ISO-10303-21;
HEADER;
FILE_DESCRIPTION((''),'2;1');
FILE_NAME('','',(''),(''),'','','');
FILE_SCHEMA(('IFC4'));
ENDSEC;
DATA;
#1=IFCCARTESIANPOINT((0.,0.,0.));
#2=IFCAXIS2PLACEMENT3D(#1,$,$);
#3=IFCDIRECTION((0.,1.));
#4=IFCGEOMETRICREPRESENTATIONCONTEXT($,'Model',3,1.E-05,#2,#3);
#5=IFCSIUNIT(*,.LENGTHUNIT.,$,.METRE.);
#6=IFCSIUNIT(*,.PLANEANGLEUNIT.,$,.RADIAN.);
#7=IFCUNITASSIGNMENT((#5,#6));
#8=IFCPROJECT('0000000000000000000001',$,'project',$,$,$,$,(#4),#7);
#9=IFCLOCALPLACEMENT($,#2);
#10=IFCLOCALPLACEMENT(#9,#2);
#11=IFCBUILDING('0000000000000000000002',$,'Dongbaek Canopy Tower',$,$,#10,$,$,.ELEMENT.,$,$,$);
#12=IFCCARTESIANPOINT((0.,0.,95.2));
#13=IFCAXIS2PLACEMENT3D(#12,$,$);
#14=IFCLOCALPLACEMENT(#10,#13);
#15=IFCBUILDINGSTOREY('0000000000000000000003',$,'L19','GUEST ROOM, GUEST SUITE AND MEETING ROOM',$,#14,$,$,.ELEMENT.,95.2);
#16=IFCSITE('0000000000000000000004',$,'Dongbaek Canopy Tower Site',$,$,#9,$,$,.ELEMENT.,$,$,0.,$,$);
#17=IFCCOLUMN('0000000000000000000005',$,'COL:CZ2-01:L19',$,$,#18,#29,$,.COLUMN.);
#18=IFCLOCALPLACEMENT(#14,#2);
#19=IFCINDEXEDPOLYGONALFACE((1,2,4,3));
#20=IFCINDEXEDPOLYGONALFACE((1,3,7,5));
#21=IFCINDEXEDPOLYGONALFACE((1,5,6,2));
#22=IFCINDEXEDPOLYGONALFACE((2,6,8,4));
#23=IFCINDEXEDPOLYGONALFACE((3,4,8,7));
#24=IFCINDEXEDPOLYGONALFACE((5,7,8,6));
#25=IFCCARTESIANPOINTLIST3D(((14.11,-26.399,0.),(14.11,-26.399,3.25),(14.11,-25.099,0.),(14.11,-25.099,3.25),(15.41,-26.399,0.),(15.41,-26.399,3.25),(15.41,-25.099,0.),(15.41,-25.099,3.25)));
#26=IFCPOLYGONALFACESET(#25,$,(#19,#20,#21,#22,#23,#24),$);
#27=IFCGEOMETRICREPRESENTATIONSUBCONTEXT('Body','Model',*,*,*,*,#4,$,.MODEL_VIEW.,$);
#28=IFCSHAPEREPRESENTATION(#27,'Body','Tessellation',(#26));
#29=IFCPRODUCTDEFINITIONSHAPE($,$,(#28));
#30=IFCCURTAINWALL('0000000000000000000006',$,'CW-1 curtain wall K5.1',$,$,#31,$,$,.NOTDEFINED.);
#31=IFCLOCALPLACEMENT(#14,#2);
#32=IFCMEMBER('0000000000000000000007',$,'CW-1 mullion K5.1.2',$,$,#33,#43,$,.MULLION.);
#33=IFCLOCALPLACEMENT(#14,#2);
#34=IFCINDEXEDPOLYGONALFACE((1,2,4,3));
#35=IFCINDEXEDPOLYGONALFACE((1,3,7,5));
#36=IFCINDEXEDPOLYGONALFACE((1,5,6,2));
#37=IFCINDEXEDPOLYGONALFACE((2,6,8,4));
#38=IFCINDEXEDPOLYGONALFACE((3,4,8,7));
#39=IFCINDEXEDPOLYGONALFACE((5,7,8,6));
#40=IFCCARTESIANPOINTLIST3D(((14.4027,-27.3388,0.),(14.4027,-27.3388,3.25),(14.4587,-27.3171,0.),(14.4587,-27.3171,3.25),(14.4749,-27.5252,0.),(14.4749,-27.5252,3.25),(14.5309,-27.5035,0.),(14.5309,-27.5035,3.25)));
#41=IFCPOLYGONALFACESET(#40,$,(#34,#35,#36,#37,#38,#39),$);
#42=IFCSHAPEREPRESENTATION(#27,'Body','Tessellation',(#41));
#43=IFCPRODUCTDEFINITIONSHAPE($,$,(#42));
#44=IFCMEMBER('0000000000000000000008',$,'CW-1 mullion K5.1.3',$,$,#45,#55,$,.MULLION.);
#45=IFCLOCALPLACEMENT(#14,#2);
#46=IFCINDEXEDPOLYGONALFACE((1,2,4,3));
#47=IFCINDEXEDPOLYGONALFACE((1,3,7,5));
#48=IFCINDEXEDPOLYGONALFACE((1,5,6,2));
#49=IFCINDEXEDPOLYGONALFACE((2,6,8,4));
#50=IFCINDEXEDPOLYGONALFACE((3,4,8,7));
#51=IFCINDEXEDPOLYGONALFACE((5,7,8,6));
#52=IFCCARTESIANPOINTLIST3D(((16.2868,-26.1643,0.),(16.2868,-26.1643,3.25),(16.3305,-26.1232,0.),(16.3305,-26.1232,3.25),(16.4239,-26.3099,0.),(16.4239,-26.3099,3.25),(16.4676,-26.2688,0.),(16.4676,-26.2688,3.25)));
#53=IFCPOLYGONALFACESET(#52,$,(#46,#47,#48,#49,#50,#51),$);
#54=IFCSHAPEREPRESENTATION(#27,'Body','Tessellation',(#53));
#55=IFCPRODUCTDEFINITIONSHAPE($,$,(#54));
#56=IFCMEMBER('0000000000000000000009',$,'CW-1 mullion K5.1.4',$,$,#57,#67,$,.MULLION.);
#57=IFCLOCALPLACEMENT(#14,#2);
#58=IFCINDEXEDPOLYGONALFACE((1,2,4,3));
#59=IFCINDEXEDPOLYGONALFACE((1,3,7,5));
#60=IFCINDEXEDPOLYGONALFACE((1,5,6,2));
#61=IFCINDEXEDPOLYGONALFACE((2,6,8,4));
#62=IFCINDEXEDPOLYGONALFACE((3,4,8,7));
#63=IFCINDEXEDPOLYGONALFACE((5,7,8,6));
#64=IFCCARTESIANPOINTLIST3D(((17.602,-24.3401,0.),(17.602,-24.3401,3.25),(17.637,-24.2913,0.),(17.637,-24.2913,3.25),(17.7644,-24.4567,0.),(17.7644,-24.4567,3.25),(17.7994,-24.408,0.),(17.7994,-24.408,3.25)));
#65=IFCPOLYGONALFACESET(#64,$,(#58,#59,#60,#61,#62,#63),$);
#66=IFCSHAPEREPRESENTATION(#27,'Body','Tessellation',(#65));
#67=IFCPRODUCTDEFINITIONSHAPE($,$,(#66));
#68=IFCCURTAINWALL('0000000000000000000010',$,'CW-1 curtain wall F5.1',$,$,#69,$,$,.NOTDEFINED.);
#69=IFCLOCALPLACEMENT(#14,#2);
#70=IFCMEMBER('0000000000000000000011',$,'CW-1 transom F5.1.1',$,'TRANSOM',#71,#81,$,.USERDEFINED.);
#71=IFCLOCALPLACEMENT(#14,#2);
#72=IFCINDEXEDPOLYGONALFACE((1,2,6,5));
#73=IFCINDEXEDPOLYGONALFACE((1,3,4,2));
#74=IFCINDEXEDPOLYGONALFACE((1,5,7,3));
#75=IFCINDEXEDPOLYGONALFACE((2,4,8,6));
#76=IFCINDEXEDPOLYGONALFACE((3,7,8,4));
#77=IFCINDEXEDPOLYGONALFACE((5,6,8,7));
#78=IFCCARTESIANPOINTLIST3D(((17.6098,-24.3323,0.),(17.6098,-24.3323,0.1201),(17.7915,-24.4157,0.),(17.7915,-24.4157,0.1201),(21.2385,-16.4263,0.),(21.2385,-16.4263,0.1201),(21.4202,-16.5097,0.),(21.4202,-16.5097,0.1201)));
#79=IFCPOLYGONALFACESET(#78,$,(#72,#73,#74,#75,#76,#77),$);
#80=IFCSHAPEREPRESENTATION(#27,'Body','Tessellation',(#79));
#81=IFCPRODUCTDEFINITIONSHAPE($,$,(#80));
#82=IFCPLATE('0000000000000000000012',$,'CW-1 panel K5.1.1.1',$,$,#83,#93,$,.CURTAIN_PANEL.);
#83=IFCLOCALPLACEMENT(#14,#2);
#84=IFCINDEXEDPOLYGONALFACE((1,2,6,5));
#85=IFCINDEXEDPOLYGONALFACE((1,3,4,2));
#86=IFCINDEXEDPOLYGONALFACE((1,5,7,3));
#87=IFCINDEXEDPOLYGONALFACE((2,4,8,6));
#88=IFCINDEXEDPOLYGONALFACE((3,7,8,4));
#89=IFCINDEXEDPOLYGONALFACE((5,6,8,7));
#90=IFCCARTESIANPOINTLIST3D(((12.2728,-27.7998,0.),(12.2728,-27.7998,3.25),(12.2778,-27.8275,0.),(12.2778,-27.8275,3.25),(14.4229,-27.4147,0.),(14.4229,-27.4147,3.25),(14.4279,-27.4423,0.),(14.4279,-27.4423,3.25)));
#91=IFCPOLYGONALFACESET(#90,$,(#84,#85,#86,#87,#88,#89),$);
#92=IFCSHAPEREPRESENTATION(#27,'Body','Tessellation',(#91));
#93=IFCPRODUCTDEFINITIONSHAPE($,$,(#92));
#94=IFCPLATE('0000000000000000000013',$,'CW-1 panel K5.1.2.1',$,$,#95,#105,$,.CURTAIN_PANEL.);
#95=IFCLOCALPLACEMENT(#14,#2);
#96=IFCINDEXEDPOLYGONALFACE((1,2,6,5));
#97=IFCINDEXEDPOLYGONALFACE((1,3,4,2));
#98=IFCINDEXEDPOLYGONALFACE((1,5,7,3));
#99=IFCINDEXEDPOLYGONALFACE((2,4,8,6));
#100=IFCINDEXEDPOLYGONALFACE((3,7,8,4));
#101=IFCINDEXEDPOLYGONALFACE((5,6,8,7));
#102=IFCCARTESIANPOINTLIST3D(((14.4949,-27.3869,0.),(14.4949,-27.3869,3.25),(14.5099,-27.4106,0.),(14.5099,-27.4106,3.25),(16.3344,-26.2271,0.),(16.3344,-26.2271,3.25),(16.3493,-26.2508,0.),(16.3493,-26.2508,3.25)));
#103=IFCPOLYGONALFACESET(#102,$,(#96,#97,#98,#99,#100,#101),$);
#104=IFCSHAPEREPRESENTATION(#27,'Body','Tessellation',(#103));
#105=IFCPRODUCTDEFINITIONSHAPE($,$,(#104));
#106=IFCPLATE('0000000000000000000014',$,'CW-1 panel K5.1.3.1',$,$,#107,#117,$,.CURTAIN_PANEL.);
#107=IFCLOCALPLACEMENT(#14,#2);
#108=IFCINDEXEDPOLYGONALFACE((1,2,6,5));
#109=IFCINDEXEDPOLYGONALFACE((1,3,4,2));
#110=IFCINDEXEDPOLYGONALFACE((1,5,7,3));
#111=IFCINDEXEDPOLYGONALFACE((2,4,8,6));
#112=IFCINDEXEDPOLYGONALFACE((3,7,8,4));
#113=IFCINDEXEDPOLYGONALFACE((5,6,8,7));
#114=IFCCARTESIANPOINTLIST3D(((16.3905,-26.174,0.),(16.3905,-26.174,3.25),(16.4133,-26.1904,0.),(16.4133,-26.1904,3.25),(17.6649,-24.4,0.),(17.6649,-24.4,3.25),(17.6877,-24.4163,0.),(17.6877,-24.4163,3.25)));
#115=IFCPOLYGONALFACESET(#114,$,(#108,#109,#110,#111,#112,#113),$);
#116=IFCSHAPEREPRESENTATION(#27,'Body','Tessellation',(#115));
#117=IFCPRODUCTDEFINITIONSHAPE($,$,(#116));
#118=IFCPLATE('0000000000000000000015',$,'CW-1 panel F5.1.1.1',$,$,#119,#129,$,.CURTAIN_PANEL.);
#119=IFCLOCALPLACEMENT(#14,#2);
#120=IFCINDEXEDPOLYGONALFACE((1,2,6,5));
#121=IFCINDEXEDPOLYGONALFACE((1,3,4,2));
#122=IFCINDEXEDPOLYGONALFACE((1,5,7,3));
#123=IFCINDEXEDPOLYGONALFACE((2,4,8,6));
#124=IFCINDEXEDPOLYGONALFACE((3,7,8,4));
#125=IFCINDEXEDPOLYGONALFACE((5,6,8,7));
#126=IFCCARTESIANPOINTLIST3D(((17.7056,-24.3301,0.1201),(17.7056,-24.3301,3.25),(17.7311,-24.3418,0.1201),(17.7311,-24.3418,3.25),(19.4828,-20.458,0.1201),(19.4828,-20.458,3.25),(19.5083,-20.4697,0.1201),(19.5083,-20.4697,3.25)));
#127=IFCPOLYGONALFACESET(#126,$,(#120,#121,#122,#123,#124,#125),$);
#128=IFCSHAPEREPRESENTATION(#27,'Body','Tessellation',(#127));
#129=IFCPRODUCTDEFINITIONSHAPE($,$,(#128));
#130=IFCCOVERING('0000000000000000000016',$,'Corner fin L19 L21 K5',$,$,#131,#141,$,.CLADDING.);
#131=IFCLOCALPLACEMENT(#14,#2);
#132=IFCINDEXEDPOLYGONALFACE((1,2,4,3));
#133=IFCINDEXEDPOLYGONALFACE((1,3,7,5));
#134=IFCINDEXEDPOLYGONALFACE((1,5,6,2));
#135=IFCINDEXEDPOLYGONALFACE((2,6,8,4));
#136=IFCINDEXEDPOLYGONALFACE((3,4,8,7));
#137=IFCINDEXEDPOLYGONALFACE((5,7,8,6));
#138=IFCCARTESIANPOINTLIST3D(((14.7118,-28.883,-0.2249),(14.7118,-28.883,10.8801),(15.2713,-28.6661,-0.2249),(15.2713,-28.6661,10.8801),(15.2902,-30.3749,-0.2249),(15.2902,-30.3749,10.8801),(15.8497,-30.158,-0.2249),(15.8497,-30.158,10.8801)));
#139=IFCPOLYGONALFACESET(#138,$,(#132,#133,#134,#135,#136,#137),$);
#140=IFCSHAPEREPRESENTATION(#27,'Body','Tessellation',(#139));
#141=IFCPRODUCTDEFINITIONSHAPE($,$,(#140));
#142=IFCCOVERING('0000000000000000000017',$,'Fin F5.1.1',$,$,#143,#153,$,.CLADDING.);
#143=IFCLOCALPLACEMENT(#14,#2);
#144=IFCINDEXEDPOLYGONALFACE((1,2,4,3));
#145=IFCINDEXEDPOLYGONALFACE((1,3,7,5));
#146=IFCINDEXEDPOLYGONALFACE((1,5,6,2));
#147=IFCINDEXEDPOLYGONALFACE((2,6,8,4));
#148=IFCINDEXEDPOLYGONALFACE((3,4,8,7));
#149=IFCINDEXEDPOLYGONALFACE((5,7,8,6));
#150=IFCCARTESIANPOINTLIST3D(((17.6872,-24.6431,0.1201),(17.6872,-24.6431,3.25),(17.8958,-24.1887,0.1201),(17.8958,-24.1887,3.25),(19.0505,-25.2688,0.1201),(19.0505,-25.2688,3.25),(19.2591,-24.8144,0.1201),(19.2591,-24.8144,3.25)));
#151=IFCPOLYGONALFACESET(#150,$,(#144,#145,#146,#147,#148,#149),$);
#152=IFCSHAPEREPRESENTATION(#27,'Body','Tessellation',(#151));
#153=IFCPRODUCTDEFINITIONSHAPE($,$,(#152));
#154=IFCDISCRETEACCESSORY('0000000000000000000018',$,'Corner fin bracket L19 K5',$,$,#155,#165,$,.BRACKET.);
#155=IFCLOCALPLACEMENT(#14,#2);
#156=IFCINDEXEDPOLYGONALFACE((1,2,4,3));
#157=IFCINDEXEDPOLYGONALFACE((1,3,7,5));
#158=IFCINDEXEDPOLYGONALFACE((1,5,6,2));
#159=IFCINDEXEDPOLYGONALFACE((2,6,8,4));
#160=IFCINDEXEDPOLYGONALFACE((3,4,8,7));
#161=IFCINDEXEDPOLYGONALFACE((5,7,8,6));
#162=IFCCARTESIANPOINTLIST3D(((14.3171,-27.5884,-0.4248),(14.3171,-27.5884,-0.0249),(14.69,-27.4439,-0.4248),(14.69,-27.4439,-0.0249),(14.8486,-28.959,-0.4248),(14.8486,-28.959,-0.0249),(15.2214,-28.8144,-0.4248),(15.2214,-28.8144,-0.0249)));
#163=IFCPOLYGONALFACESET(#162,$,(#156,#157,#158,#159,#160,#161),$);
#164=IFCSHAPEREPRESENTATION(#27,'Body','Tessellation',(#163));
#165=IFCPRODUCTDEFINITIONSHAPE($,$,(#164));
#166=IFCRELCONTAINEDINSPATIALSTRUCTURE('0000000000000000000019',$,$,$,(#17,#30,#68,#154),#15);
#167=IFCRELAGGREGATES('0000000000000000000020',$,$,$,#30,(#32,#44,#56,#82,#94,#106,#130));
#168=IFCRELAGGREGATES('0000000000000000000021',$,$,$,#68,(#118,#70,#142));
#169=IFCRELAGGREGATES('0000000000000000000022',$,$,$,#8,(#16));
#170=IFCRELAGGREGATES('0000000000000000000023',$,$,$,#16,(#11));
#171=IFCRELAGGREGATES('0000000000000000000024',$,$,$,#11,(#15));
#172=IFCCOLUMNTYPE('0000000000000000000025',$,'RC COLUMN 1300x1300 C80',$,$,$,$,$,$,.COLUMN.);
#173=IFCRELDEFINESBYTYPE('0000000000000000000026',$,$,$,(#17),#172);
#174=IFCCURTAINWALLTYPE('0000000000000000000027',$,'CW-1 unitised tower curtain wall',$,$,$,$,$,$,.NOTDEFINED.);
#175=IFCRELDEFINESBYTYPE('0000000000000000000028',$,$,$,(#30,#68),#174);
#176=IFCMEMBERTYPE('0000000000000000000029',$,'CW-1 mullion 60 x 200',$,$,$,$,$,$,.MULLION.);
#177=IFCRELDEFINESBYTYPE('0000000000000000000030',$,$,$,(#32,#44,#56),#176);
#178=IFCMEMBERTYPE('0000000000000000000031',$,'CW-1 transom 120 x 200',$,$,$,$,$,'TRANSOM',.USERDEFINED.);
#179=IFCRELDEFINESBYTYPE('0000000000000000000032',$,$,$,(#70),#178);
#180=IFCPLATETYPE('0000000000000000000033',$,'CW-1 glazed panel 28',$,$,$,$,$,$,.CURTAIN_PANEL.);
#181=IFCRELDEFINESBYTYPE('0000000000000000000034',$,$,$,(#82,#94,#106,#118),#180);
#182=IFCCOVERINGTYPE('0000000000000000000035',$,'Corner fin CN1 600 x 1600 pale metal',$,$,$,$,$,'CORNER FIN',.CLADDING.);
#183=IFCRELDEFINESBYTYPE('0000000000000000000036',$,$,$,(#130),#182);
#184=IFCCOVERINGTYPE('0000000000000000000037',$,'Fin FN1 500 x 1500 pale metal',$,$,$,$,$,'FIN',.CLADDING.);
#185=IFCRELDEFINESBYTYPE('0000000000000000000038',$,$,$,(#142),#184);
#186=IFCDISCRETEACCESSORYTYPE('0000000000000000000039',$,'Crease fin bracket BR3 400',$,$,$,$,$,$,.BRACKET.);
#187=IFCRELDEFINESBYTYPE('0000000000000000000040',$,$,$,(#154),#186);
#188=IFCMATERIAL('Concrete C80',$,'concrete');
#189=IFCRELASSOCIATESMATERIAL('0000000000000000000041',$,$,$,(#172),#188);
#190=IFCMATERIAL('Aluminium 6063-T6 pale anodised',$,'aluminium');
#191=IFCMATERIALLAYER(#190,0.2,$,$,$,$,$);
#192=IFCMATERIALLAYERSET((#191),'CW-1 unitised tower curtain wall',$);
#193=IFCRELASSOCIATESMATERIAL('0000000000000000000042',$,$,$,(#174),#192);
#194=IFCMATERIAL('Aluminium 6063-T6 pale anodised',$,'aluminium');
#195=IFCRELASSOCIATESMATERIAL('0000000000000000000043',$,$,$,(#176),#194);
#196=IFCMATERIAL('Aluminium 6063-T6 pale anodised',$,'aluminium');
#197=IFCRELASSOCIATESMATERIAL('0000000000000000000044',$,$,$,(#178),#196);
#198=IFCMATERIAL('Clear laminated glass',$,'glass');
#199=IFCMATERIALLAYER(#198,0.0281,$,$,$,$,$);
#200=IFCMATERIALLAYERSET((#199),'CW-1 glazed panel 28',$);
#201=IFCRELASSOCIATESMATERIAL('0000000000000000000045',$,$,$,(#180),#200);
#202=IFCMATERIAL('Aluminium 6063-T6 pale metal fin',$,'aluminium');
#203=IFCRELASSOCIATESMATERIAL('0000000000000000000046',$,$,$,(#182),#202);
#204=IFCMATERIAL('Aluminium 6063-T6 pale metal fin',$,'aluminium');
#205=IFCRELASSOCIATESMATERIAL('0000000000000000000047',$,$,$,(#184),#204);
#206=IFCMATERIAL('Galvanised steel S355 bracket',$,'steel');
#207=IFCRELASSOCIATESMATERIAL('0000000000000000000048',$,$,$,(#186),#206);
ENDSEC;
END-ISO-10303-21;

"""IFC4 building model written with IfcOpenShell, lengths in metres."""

from ifc_helpers import new_model, si_unit, direction, frame, origin, origin_2d, place, context, subcontext, project, spatial, rectangle, extrude, material, layer, layer_set, material_profile, profile_set, type_object, element, aggregate, save


model = new_model("IFC4")

# Units and contexts
model_context = context("Model", 3, precision=1e-05, world=origin(), true_north=direction((0.0, 1.0)))
body_context = subcontext(model_context, "Body", "Model", "MODEL_VIEW")
ifc_project = project(units=[si_unit("LENGTHUNIT", "METRE"), si_unit("PLANEANGLEUNIT", "RADIAN")], contexts=[model_context])

# Site, building, storey
site_placement = place(None, origin())
site = spatial("IfcSite", under=ifc_project, at=site_placement, Name="Dongbaek Canopy Tower Site", CompositionType="ELEMENT", RefElevation=0.0)
building_placement = place(site_placement, origin())
building = spatial("IfcBuilding", under=site, at=building_placement, Name="Dongbaek Canopy Tower", CompositionType="ELEMENT")
storey_placement = place(building_placement, frame((0.0, 0.0, 95.2)))
storey = spatial("IfcBuildingStorey", under=building, at=storey_placement, Name="L19", Description="GUEST ROOM, GUEST SUITE AND MEETING ROOM", CompositionType="ELEMENT", Elevation=95.2)

# Column
ifc_material_1 = material(Name="Concrete C80", Category="concrete")
ifc_material_profile_1 = material_profile(ifc_material_1, rectangle(XDim=1.3, YDim=1.3, at=origin_2d()), Name="RC COLUMN 1300x1300 C80")
ifc_profile_set_1 = profile_set([ifc_material_profile_1], Name="Concrete C80")
column_type = type_object("IfcColumnType", Name="RC COLUMN 1300x1300 C80", PredefinedType="COLUMN", material=ifc_profile_set_1)
column_placement = place(storey_placement, frame((14.76, -25.749, 0.0), z_axis=(0.0, 0.0, 1.0), x_axis=(1.0, 0.0, 0.0)))
element("IfcColumn", 1, at=column_placement, inside=storey, type_object=column_type, Name="COL:CZ2-01:L19", PredefinedType="COLUMN", context=body_context, shape_type="SweptSolid", body=[
    extrude(rectangle(XDim=1.3, YDim=1.3, at=origin_2d()), origin(), (0.0, 0.0, 1.0), 3.25),
])

# Curtain wall, members
ifc_material_2 = material(Name="Aluminium 6063-T6 pale anodised", Category="aluminium")
ifc_layer_1 = layer(ifc_material_2, 0.2)
ifc_layer_set_1 = layer_set([ifc_layer_1], Name="CW-1 unitised tower curtain wall")
curtain_wall_type = type_object("IfcCurtainWallType", Name="CW-1 unitised tower curtain wall", PredefinedType="NOTDEFINED", material=ifc_layer_set_1)
curtain_wall_1_placement = place(storey_placement, origin())
curtain_wall_1 = element("IfcCurtainWall", 2, at=curtain_wall_1_placement, inside=storey, type_object=curtain_wall_type, Name="CW-1 curtain wall K5.1", PredefinedType="NOTDEFINED")
ifc_material_3 = material(Name="Aluminium 6063-T6 pale anodised", Category="aluminium")
ifc_material_profile_2 = material_profile(ifc_material_3, rectangle(XDim=0.2, YDim=0.0601, at=origin_2d()), Name="CW-1 mullion 60 x 200")
ifc_profile_set_2 = profile_set([ifc_material_profile_2], Name="Aluminium 6063-T6 pale anodised")
member_type_1 = type_object("IfcMemberType", Name="CW-1 mullion 60 x 200", PredefinedType="MULLION", material=ifc_profile_set_2)
member_1_placement = place(storey_placement, frame((14.4668, -27.4211, 0.0), z_axis=(0.0, 0.0, 1.0), x_axis=(0.361519, -0.932365, 0.0)))
member_1 = element("IfcMember", 3, at=member_1_placement, type_object=member_type_1, Name="CW-1 mullion K5.1.2", PredefinedType="MULLION", context=body_context, shape_type="SweptSolid", body=[
    extrude(rectangle(XDim=0.2, YDim=0.0601, at=origin_2d()), origin(), (0.0, 0.0, 1.0), 3.25),
])
member_2_placement = place(storey_placement, frame((16.3772, -26.2166, 0.0), z_axis=(0.0, 0.0, 1.0), x_axis=(0.685439, -0.72813, 0.0)))
member_2 = element("IfcMember", 4, at=member_2_placement, type_object=member_type_1, Name="CW-1 mullion K5.1.3", PredefinedType="MULLION", context=body_context, shape_type="SweptSolid", body=[
    extrude(rectangle(XDim=0.2, YDim=0.0601, at=origin_2d()), origin(), (0.0, 0.0, 1.0), 3.25),
])
member_3_placement = place(storey_placement, frame((17.7007, -24.374, 0.0), z_axis=(0.0, 0.0, 1.0), x_axis=(0.812169, -0.583422, 0.0)))
member_3 = element("IfcMember", 5, at=member_3_placement, type_object=member_type_1, Name="CW-1 mullion K5.1.4", PredefinedType="MULLION", context=body_context, shape_type="SweptSolid", body=[
    extrude(rectangle(XDim=0.2, YDim=0.0601, at=origin_2d()), origin(), (0.0, 0.0, 1.0), 3.25),
])

# Curtain wall, member
curtain_wall_2_placement = place(storey_placement, origin())
curtain_wall_2 = element("IfcCurtainWall", 6, at=curtain_wall_2_placement, inside=storey, type_object=curtain_wall_type, Name="CW-1 curtain wall F5.1", PredefinedType="NOTDEFINED")
ifc_material_4 = material(Name="Aluminium 6063-T6 pale anodised", Category="aluminium")
ifc_material_profile_3 = material_profile(ifc_material_4, rectangle(XDim=0.2, YDim=0.1201, at=origin_2d()), Name="CW-1 transom 120 x 200")
ifc_profile_set_3 = profile_set([ifc_material_profile_3], Name="Aluminium 6063-T6 pale anodised")
member_type_2 = type_object("IfcMemberType", Name="CW-1 transom 120 x 200", ElementType="TRANSOM", PredefinedType="USERDEFINED", material=ifc_profile_set_3)
member_4_placement = place(storey_placement, frame((17.7007, -24.374, 0.0601), z_axis=(0.417137, 0.908844, 0.0), x_axis=(-0.908844, 0.417137, 0.0)))
member_4 = element("IfcMember", 7, at=member_4_placement, type_object=member_type_2, Name="CW-1 transom F5.1.1", ObjectType="TRANSOM", PredefinedType="USERDEFINED", context=body_context, shape_type="SweptSolid", body=[
    extrude(rectangle(XDim=0.2, YDim=0.1201, at=origin_2d()), origin(), (0.0, 0.0, 1.0), 8.699),
])

# Plates
ifc_material_5 = material(Name="Clear laminated glass", Category="glass")
ifc_layer_2 = layer(ifc_material_5, 0.0281)
ifc_layer_set_2 = layer_set([ifc_layer_2], Name="CW-1 glazed panel 28")
plate_type = type_object("IfcPlateType", Name="CW-1 glazed panel 28", PredefinedType="CURTAIN_PANEL", material=ifc_layer_set_2)
plate_1_placement = place(storey_placement, frame((13.3503, -27.6211, 0.0), z_axis=(0.0, 0.0, 1.0), x_axis=(0.984334, 0.176315, 0.0)))
plate_1 = element("IfcPlate", 8, at=plate_1_placement, type_object=plate_type, Name="CW-1 panel K5.1.1.1", PredefinedType="CURTAIN_PANEL", context=body_context, shape_type="SweptSolid", body=[
    extrude(rectangle(XDim=2.1843, YDim=0.0281, at=origin_2d()), origin(), (0.0, 0.0, 1.0), 3.25),
])
plate_2_placement = place(storey_placement, frame((15.4221, -26.8188, 0.0), z_axis=(0.0, 0.0, 1.0), x_axis=(0.845897, 0.533346, 0.0)))
plate_2 = element("IfcPlate", 9, at=plate_2_placement, type_object=plate_type, Name="CW-1 panel K5.1.2.1", PredefinedType="CURTAIN_PANEL", context=body_context, shape_type="SweptSolid", body=[
    extrude(rectangle(XDim=2.1746, YDim=0.0281, at=origin_2d()), origin(), (0.0, 0.0, 1.0), 3.25),
])
plate_3_placement = place(storey_placement, frame((17.0391, -25.2952, 0.0), z_axis=(0.0, 0.0, 1.0), x_axis=(0.583422, 0.812169, 0.0)))
plate_3 = element("IfcPlate", 10, at=plate_3_placement, type_object=plate_type, Name="CW-1 panel K5.1.3.1", PredefinedType="CURTAIN_PANEL", context=body_context, shape_type="SweptSolid", body=[
    extrude(rectangle(XDim=2.1843, YDim=0.0281, at=origin_2d()), origin(), (0.0, 0.0, 1.0), 3.25),
])
plate_4_placement = place(storey_placement, frame((18.6069, -22.3999, 0.1201), z_axis=(0.0, 0.0, 1.0), x_axis=(0.417126, 0.908849, 0.0)))
plate_4 = element("IfcPlate", 11, at=plate_4_placement, type_object=plate_type, Name="CW-1 panel F5.1.1.1", PredefinedType="CURTAIN_PANEL", context=body_context, shape_type="SweptSolid", body=[
    extrude(rectangle(XDim=4.2605, YDim=0.0281, at=origin_2d()), origin(), (0.0, 0.0, 1.0), 3.1299),
])

# Coverings
ifc_material_6 = material(Name="Aluminium 6063-T6 pale metal fin", Category="aluminium")
ifc_material_profile_4 = material_profile(ifc_material_6, rectangle(XDim=1.6001, YDim=0.6001, at=origin_2d()), Name="Corner fin CN1 600 x 1600 pale metal")
ifc_profile_set_4 = profile_set([ifc_material_profile_4], Name="Aluminium 6063-T6 pale metal fin")
covering_type_1 = type_object("IfcCoveringType", Name="Corner fin CN1 600 x 1600 pale metal", ElementType="CORNER FIN", PredefinedType="CLADDING", material=ifc_profile_set_4)
covering_1_placement = place(storey_placement, frame((15.2808, -29.5205, -0.2249), z_axis=(0.0, 0.0, 1.0), x_axis=(0.361519, -0.932365, 0.0)))
covering_1 = element("IfcCovering", 12, at=covering_1_placement, type_object=covering_type_1, Name="Corner fin L19 L21 K5", PredefinedType="CLADDING", context=body_context, shape_type="SweptSolid", body=[
    extrude(rectangle(XDim=1.6001, YDim=0.6001, at=origin_2d()), origin(), (0.0, 0.0, 1.0), 11.105),
])
aggregate(curtain_wall_1, [member_1, member_2, member_3, plate_1, plate_2, plate_3, covering_1])
ifc_material_7 = material(Name="Aluminium 6063-T6 pale metal fin", Category="aluminium")
ifc_material_profile_5 = material_profile(ifc_material_7, rectangle(XDim=1.5, YDim=0.5, at=origin_2d()), Name="Fin FN1 500 x 1500 pale metal")
ifc_profile_set_5 = profile_set([ifc_material_profile_5], Name="Aluminium 6063-T6 pale metal fin")
covering_type_2 = type_object("IfcCoveringType", Name="Fin FN1 500 x 1500 pale metal", ElementType="FIN", PredefinedType="CLADDING", material=ifc_profile_set_5)
covering_2_placement = place(storey_placement, frame((18.4731, -24.7288, 0.1201), z_axis=(0.0, 0.0, 1.0), x_axis=(0.908849, -0.417126, 0.0)))
covering_2 = element("IfcCovering", 13, at=covering_2_placement, type_object=covering_type_2, Name="Fin F5.1.1", PredefinedType="CLADDING", context=body_context, shape_type="SweptSolid", body=[
    extrude(rectangle(XDim=1.5, YDim=0.5, at=origin_2d()), origin(), (0.0, 0.0, 1.0), 3.1299),
])
aggregate(curtain_wall_2, [plate_4, member_4, covering_2])

# Discrete accessory
ifc_material_8 = material(Name="Galvanised steel S355 bracket", Category="steel")
discrete_accessory_type = type_object("IfcDiscreteAccessoryType", Name="Crease fin bracket BR3 400", PredefinedType="BRACKET", material=ifc_material_8)
discrete_accessory_placement = place(storey_placement, frame((14.7693, -28.2014, -0.4248), z_axis=(0.0, 0.0, 1.0), x_axis=(0.361519, -0.932365, 0.0)))
element("IfcDiscreteAccessory", 14, at=discrete_accessory_placement, inside=storey, type_object=discrete_accessory_type, Name="Corner fin bracket L19 K5", PredefinedType="BRACKET", context=body_context, shape_type="SweptSolid", body=[
    extrude(rectangle(XDim=1.47, YDim=0.3999, at=origin_2d()), origin(), (0.0, 0.0, 1.0), 0.3999),
])

save(model, "model.ifc")
